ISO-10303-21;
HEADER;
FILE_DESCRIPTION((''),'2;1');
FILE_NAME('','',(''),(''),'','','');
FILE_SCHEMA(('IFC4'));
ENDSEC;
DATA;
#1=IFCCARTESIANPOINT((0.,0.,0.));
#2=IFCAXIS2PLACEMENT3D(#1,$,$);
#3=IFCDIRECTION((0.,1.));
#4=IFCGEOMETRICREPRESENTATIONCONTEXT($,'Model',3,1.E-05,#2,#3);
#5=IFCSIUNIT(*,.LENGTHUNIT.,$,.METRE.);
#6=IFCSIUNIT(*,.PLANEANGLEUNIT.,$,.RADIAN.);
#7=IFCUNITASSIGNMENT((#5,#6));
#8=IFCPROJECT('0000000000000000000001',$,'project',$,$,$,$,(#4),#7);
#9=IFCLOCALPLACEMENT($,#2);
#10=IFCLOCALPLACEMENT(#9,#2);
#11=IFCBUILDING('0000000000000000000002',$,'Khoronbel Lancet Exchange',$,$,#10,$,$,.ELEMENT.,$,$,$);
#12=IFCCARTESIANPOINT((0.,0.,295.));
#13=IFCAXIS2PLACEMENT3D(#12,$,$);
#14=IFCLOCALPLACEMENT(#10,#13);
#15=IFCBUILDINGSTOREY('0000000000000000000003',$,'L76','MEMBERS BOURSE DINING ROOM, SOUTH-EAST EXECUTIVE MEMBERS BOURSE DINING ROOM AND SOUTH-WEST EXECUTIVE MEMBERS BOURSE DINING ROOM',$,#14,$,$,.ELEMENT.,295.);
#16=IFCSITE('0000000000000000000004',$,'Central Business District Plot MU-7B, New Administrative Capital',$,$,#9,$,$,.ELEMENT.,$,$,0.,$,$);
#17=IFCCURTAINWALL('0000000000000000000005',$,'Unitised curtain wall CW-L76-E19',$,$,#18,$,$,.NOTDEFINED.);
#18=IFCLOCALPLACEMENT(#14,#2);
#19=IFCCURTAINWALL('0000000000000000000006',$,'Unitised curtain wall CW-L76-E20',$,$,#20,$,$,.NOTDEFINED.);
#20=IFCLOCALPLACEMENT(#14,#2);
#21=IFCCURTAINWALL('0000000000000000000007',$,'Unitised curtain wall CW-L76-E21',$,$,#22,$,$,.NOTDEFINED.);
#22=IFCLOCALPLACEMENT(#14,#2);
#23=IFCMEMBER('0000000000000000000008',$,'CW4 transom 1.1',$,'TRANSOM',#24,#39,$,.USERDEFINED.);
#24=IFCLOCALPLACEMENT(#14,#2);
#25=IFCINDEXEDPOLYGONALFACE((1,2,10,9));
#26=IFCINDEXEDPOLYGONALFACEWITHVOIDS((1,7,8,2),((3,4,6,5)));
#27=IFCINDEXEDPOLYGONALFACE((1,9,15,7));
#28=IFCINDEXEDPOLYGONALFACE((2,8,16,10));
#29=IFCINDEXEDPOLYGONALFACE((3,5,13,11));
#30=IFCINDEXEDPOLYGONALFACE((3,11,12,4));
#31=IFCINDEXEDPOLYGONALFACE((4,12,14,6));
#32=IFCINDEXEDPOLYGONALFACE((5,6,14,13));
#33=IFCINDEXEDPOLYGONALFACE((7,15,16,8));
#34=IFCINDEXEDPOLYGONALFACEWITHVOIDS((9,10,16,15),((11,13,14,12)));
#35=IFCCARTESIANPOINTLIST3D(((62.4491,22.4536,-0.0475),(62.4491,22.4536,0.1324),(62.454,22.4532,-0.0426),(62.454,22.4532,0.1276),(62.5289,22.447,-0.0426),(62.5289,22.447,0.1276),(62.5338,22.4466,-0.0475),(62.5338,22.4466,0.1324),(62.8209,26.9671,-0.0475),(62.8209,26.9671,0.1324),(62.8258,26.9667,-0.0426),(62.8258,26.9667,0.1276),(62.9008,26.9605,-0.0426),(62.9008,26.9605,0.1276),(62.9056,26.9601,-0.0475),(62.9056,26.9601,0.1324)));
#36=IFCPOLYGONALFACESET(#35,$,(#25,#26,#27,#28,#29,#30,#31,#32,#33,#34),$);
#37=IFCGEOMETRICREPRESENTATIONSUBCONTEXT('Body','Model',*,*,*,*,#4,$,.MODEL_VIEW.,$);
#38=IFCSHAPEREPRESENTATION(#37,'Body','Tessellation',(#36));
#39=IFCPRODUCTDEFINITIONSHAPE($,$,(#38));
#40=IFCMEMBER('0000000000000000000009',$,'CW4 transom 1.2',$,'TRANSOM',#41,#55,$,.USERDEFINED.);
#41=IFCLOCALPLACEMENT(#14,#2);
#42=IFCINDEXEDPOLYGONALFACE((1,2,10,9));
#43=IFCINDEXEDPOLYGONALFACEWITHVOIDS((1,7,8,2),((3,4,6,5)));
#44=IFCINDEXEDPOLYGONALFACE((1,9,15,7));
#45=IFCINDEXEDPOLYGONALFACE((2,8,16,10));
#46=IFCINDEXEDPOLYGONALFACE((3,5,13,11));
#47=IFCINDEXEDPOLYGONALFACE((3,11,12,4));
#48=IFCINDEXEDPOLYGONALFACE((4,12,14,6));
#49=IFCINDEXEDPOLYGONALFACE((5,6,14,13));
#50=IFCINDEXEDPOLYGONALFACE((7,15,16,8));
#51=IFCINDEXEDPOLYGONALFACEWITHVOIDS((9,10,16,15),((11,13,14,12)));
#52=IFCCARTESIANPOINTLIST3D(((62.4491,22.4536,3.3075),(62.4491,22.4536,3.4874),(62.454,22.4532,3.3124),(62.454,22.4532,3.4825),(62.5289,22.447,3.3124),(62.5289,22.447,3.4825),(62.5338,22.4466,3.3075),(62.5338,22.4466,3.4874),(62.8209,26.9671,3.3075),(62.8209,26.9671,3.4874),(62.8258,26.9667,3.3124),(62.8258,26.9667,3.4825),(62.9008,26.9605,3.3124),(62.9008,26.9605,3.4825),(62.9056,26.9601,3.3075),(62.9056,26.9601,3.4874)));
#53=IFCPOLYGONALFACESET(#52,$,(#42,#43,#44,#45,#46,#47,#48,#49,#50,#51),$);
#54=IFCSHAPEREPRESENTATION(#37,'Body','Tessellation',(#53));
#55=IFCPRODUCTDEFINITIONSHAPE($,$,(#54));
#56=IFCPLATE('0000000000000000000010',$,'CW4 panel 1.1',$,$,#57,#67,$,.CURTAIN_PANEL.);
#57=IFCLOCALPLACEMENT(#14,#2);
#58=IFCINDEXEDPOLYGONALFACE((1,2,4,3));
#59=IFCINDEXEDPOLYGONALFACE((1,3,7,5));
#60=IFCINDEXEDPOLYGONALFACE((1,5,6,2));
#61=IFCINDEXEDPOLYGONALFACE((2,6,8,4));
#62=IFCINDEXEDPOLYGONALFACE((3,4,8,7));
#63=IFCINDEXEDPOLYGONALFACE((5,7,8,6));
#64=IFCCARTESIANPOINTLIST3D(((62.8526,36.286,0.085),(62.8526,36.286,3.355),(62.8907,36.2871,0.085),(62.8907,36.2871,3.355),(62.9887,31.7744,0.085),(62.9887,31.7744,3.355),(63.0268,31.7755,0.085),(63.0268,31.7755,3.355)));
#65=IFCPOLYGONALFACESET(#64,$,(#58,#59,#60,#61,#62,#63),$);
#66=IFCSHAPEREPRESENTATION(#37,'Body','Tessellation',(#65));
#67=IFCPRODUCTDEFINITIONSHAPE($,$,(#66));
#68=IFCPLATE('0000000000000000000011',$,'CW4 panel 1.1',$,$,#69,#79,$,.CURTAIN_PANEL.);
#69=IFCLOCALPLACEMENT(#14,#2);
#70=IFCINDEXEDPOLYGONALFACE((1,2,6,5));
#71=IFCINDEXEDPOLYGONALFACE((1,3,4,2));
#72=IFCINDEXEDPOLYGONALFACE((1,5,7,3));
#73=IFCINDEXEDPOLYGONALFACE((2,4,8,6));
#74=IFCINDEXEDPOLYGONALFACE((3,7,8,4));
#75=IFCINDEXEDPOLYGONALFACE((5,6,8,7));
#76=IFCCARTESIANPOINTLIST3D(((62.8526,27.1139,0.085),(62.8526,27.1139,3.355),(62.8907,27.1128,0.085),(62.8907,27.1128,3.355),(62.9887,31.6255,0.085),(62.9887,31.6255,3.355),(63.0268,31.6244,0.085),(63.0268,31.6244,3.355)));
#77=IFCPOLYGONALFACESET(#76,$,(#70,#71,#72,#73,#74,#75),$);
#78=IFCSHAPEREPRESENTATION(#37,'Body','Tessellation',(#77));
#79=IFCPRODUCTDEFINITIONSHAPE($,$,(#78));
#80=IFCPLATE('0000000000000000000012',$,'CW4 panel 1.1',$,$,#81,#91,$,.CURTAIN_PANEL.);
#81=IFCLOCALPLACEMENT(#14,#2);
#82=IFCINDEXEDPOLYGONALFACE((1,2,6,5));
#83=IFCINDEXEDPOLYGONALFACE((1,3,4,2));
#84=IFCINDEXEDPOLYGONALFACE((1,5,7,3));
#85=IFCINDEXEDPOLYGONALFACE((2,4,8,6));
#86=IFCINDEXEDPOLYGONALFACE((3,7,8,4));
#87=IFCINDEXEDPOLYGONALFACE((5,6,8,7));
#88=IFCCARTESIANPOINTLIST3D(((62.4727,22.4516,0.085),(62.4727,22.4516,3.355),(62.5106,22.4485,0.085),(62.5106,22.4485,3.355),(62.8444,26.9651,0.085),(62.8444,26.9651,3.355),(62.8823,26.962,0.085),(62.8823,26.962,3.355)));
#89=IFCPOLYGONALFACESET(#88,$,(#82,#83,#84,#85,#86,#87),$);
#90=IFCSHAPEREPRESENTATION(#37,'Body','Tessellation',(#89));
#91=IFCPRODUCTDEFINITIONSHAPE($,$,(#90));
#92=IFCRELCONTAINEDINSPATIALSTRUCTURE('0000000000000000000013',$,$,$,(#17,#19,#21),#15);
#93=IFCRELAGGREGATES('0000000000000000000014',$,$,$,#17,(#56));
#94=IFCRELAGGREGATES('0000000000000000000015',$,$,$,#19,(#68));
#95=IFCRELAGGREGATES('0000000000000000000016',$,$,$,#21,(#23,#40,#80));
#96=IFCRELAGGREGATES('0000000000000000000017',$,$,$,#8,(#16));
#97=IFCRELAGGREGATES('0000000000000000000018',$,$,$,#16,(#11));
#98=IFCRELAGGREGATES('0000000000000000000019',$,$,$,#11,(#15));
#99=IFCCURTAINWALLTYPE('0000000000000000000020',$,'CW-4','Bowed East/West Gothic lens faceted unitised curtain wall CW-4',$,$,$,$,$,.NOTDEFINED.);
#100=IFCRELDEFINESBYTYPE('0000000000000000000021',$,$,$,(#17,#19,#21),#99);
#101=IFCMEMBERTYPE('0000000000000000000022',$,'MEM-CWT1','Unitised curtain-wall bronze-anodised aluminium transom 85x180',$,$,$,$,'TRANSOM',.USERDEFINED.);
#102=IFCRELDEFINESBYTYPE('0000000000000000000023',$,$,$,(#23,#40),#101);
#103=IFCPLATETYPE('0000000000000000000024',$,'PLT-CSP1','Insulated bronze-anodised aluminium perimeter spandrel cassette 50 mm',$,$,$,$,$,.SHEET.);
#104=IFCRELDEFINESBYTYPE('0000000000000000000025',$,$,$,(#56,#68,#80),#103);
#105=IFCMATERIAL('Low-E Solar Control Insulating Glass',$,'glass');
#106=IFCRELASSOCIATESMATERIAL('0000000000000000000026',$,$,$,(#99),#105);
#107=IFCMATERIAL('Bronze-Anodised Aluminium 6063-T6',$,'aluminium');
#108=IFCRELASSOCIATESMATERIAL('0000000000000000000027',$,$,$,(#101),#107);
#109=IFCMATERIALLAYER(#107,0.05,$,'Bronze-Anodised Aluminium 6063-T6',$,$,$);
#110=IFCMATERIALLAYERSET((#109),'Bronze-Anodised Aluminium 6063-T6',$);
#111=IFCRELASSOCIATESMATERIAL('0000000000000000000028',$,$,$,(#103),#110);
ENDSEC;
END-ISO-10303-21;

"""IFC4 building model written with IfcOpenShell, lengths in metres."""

from ifc_helpers import new_model, si_unit, direction, frame, origin, origin_2d, place, context, subcontext, project, spatial, rectangle, hollow_rectangle, extrude, material, layer, layer_set, material_profile, profile_set, type_object, element, aggregate, save


model = new_model("IFC4")

# Units and contexts
model_context = context("Model", 3, precision=1e-05, world=origin(), true_north=direction((0.0, 1.0)))
body_context = subcontext(model_context, "Body", "Model", "MODEL_VIEW")
ifc_project = project(units=[si_unit("LENGTHUNIT", "METRE"), si_unit("PLANEANGLEUNIT", "RADIAN")], contexts=[model_context])

# Site, building, storey
site_placement = place(None, origin())
site = spatial("IfcSite", under=ifc_project, at=site_placement, Name="Central Business District Plot MU-7B, New Administrative Capital", CompositionType="ELEMENT", RefElevation=0.0)
building_placement = place(site_placement, origin())
building = spatial("IfcBuilding", under=site, at=building_placement, Name="Khoronbel Lancet Exchange", CompositionType="ELEMENT")
storey_placement = place(building_placement, frame((0.0, 0.0, 295.0)))
storey = spatial("IfcBuildingStorey", under=building, at=storey_placement, Name="L76", Description="MEMBERS BOURSE DINING ROOM, SOUTH-EAST EXECUTIVE MEMBERS BOURSE DINING ROOM AND SOUTH-WEST EXECUTIVE MEMBERS BOURSE DINING ROOM", CompositionType="ELEMENT", Elevation=295.0)

# Curtain walls
ifc_material_1 = material(Name="Low-E Solar Control Insulating Glass", Category="glass")
curtain_wall_type = type_object("IfcCurtainWallType", Name="CW-4", Description="Bowed East/West Gothic lens faceted unitised curtain wall CW-4", PredefinedType="NOTDEFINED", material=ifc_material_1)
curtain_wall_1_placement = place(storey_placement, origin())
curtain_wall_1 = element("IfcCurtainWall", 1, at=curtain_wall_1_placement, inside=storey, type_object=curtain_wall_type, Name="Unitised curtain wall CW-L76-E19", PredefinedType="NOTDEFINED")
ifc_material_2 = material(Name="Bronze-Anodised Aluminium 6063-T6", Category="aluminium")
curtain_wall_2_placement = place(storey_placement, origin())
curtain_wall_2 = element("IfcCurtainWall", 2, at=curtain_wall_2_placement, inside=storey, type_object=curtain_wall_type, Name="Unitised curtain wall CW-L76-E20", PredefinedType="NOTDEFINED")

# Curtain wall
curtain_wall_3_placement = place(storey_placement, origin())
curtain_wall_3 = element("IfcCurtainWall", 3, at=curtain_wall_3_placement, inside=storey, type_object=curtain_wall_type, Name="Unitised curtain wall CW-L76-E21", PredefinedType="NOTDEFINED")

# Members
ifc_material_profile_1 = material_profile(ifc_material_2, hollow_rectangle(XDim=0.085, YDim=0.1799, WallThickness=0.0049, at=origin_2d()), Name="ALU TRANSOM 85x180")
ifc_profile_set_1 = profile_set([ifc_material_profile_1], Name="Bronze-Anodised Aluminium 6063-T6")
member_type_1 = type_object("IfcMemberType", Name="MEM-CWT1", Description="Unitised curtain-wall bronze-anodised aluminium transom 85x180", ElementType="TRANSOM", PredefinedType="USERDEFINED", material=ifc_profile_set_1)
member_1_placement = place(storey_placement, frame((62.8633, 26.9636, 0.0425), z_axis=(-0.082104, -0.996624, 0.0), x_axis=(0.996624, -0.082104, 0.0)))
member_1 = element("IfcMember", 4, at=member_1_placement, type_object=member_type_1, Name="CW4 transom 1.1", ObjectType="TRANSOM", PredefinedType="USERDEFINED", context=body_context, shape_type="SweptSolid", body=[
    extrude(hollow_rectangle(XDim=0.085, YDim=0.1799, WallThickness=0.0049, at=origin_2d()), origin(), (0.0, 0.0, 1.0), 4.5288),
])
member_2_placement = place(storey_placement, frame((62.8633, 26.9636, 3.3975), z_axis=(-0.082104, -0.996624, 0.0), x_axis=(0.996624, -0.082104, 0.0)))
member_2 = element("IfcMember", 5, at=member_2_placement, type_object=member_type_1, Name="CW4 transom 1.2", ObjectType="TRANSOM", PredefinedType="USERDEFINED", context=body_context, shape_type="SweptSolid", body=[
    extrude(hollow_rectangle(XDim=0.085, YDim=0.1799, WallThickness=0.0049, at=origin_2d()), origin(), (0.0, 0.0, 1.0), 4.5288),
])

# Plates
ifc_layer = layer(ifc_material_2, 0.05, Name="Bronze-Anodised Aluminium 6063-T6")
ifc_layer_set = layer_set([ifc_layer], Name="Bronze-Anodised Aluminium 6063-T6")
plate_type = type_object("IfcPlateType", Name="PLT-CSP1", Description="Insulated bronze-anodised aluminium perimeter spandrel cassette 50 mm", PredefinedType="SHEET", material=ifc_layer_set)
plate_1_placement = place(storey_placement, frame((62.9397, 34.0308, 0.085), z_axis=(0.0, 0.0, 1.0), x_axis=(0.030148, -0.999545, 0.0)))
plate_1 = element("IfcPlate", 6, at=plate_1_placement, type_object=plate_type, Name="CW4 panel 1.1", PredefinedType="CURTAIN_PANEL", context=body_context, shape_type="SweptSolid", body=[
    extrude(rectangle(XDim=4.5137, YDim=0.0381, at=origin_2d()), origin(), (0.0, 0.0, 1.0), 3.27),
])
aggregate(curtain_wall_1, [plate_1])
plate_2_placement = place(storey_placement, frame((62.9397, 29.3691, 0.085), z_axis=(0.0, 0.0, 1.0), x_axis=(-0.030148, -0.999545, 0.0)))
plate_2 = element("IfcPlate", 7, at=plate_2_placement, type_object=plate_type, Name="CW4 panel 1.1", PredefinedType="CURTAIN_PANEL", context=body_context, shape_type="SweptSolid", body=[
    extrude(rectangle(XDim=4.5137, YDim=0.0381, at=origin_2d()), origin(), (0.0, 0.0, 1.0), 3.27),
])
aggregate(curtain_wall_2, [plate_2])
plate_3_placement = place(storey_placement, frame((62.6775, 24.7068, 0.085), z_axis=(0.0, 0.0, 1.0), x_axis=(-0.082073, -0.996626, 0.0)))
plate_3 = element("IfcPlate", 8, at=plate_3_placement, type_object=plate_type, Name="CW4 panel 1.1", PredefinedType="CURTAIN_PANEL", context=body_context, shape_type="SweptSolid", body=[
    extrude(rectangle(XDim=4.5288, YDim=0.0381, at=origin_2d()), origin(), (0.0, 0.0, 1.0), 3.27),
])
aggregate(curtain_wall_3, [member_1, member_2, plate_3])

save(model, "model.ifc")
